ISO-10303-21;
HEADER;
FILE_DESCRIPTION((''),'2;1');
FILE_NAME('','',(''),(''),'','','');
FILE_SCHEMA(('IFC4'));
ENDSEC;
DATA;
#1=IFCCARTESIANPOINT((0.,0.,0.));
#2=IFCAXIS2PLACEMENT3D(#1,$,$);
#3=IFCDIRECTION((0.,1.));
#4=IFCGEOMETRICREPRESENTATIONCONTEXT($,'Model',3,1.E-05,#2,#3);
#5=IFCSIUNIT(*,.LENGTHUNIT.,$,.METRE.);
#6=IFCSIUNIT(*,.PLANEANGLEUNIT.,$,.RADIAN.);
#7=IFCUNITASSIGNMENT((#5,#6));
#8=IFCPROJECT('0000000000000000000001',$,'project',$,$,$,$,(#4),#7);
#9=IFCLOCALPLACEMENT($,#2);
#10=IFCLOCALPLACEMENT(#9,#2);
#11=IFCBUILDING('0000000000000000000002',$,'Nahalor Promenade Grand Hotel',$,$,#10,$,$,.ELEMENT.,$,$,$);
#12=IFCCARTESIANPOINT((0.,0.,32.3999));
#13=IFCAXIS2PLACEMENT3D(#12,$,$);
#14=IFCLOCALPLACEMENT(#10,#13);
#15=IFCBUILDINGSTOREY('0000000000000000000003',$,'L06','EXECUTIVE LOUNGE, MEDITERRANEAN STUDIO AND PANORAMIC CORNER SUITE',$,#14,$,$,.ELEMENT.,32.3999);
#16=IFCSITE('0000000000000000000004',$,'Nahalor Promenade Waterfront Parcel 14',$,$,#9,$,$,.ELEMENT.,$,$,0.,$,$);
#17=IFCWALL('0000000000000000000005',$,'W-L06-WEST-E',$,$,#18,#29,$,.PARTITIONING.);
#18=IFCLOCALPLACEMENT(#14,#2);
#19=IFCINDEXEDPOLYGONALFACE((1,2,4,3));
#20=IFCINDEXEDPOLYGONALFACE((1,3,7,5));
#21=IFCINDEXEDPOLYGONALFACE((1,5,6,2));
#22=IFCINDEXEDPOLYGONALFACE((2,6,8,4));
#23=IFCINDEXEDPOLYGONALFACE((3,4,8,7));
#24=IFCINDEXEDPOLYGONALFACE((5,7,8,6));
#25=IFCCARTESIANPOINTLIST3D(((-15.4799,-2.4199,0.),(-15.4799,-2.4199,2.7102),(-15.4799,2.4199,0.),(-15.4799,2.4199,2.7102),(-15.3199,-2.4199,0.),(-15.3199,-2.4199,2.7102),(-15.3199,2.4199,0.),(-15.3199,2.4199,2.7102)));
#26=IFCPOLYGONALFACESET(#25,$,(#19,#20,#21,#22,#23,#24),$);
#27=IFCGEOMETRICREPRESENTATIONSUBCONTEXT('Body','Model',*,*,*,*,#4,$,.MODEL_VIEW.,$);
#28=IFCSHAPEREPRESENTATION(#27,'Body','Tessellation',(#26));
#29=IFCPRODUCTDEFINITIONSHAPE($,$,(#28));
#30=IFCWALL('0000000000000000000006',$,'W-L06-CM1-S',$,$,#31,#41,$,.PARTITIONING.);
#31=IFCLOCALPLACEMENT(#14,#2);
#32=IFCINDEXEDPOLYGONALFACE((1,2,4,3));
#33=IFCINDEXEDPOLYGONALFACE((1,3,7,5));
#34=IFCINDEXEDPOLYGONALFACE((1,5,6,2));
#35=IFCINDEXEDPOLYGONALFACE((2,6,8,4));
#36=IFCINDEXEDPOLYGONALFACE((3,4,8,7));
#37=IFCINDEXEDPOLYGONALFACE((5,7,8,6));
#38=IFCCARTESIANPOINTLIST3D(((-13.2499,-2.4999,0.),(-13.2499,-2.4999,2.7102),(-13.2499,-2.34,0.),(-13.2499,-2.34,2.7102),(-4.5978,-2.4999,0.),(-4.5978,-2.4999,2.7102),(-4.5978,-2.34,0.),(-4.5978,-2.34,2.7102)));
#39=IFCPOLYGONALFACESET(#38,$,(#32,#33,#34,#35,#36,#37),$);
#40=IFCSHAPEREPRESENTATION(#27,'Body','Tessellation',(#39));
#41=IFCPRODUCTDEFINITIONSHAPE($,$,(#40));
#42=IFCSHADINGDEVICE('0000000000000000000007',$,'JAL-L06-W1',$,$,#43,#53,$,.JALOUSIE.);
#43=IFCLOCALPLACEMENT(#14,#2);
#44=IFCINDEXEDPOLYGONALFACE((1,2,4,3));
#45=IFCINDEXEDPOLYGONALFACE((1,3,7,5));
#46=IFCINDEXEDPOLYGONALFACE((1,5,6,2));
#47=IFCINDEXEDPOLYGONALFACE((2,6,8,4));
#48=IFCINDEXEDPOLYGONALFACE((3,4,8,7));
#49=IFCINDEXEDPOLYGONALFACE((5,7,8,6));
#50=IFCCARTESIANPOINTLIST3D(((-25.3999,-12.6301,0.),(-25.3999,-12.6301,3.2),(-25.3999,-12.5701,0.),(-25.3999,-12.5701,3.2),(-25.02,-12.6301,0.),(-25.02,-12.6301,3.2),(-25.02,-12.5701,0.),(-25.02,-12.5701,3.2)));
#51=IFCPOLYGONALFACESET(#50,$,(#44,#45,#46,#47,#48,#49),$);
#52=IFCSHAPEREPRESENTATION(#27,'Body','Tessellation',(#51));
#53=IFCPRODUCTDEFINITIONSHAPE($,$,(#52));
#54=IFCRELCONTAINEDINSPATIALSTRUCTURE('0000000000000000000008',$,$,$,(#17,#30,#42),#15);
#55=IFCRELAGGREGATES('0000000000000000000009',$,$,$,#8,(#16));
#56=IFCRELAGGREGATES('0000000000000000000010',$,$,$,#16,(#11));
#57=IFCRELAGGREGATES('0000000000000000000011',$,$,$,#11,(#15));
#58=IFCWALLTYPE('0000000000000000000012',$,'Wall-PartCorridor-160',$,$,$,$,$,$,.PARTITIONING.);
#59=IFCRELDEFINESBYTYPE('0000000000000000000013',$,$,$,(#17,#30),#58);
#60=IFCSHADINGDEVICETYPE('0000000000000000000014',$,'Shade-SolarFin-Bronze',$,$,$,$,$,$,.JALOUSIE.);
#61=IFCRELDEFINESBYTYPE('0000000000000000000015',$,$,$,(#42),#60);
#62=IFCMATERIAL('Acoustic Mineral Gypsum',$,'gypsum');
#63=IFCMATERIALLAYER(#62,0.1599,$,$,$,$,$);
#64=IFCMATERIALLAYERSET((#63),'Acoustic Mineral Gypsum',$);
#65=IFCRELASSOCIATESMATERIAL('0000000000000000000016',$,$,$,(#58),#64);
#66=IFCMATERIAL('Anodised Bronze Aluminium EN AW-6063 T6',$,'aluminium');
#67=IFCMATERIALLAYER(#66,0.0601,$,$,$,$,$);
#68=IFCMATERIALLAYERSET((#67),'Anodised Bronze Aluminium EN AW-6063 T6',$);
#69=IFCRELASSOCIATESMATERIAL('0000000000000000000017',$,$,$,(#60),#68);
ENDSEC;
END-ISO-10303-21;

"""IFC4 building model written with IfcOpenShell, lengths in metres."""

from ifc_helpers import new_model, si_unit, direction, frame, frame_2d, origin, origin_2d, place, context, subcontext, project, spatial, rectangle, extrude, source, transform, mapped, material, layer, layer_set, type_object, element, save


model = new_model("IFC4")

# Units and contexts
model_context = context("Model", 3, precision=1e-05, world=origin(), true_north=direction((0.0, 1.0)))
body_context = subcontext(model_context, "Body", "Model", "MODEL_VIEW")
ifc_project = project(units=[si_unit("LENGTHUNIT", "METRE"), si_unit("PLANEANGLEUNIT", "RADIAN")], contexts=[model_context])

# Site, building, storey
site_placement = place(None, origin())
site = spatial("IfcSite", under=ifc_project, at=site_placement, Name="Nahalor Promenade Waterfront Parcel 14", CompositionType="ELEMENT", RefElevation=0.0)
building_placement = place(site_placement, origin())
building = spatial("IfcBuilding", under=site, at=building_placement, Name="Nahalor Promenade Grand Hotel", CompositionType="ELEMENT")
storey_placement = place(building_placement, frame((0.0, 0.0, 32.3999)))
storey = spatial("IfcBuildingStorey", under=building, at=storey_placement, Name="L06", Description="EXECUTIVE LOUNGE, MEDITERRANEAN STUDIO AND PANORAMIC CORNER SUITE", CompositionType="ELEMENT", Elevation=32.3999)

# Shared definitions
ifc_material_1 = material(Name="Anodised Bronze Aluminium EN AW-6063 T6", Category="aluminium")

# Shared definitions
ifc_material_2 = material(Name="Acoustic Mineral Gypsum", Category="gypsum")
ifc_layer_1 = layer(ifc_material_2, 0.1599)
ifc_layer_set_1 = layer_set([ifc_layer_1], Name="Acoustic Mineral Gypsum")
wall_type = type_object("IfcWallType", Name="Wall-PartCorridor-160", PredefinedType="PARTITIONING", material=ifc_layer_set_1)

# Walls
shared_shape_1 = source(origin(), body_context, "Body", "SweptSolid", [
    extrude(rectangle(XDim=4.8398, YDim=0.1599, at=frame_2d((2.4199, 0.0))), origin(), (0.0, 0.0, 1.0), 2.7102),
])
wall_1_placement = place(storey_placement, frame((-15.3999, -2.4199, 0.0), z_axis=(0.0, 0.0, 1.0), x_axis=(0.0, 1.0, 0.0)))
element("IfcWall", 1, at=wall_1_placement, inside=storey, type_object=wall_type, Name="W-L06-WEST-E", PredefinedType="PARTITIONING", context=body_context, shape_type="MappedRepresentation", body=[
    mapped(shared_shape_1, transform((0.0, 0.0, 0.0), scale=1.0)),
])
shared_shape_2 = source(origin(), body_context, "Body", "SweptSolid", [
    extrude(rectangle(XDim=8.6521, YDim=0.1599, at=frame_2d((4.3262, 0.0))), origin(), (0.0, 0.0, 1.0), 2.7102),
])
wall_2_placement = place(storey_placement, frame((-13.25, -2.4199, 0.0), z_axis=(0.0, 0.0, 1.0), x_axis=(1.0, 0.0, 0.0)))
element("IfcWall", 2, at=wall_2_placement, inside=storey, type_object=wall_type, Name="W-L06-CM1-S", PredefinedType="PARTITIONING", context=body_context, shape_type="MappedRepresentation", body=[
    mapped(shared_shape_2, transform((0.0, 0.0, 0.0), scale=1.0)),
])

# Shading device
ifc_layer_2 = layer(ifc_material_1, 0.0601)
ifc_layer_set_2 = layer_set([ifc_layer_2], Name="Anodised Bronze Aluminium EN AW-6063 T6")
shading_device_type = type_object("IfcShadingDeviceType", Name="Shade-SolarFin-Bronze", PredefinedType="JALOUSIE", material=ifc_layer_set_2)
shared_shape_3 = source(origin(), body_context, "Body", "SweptSolid", [
    extrude(rectangle(XDim=0.3799, YDim=0.0601, at=origin_2d()), origin(), (0.0, 0.0, 1.0), 3.2),
])
shading_device_placement = place(storey_placement, frame((-25.21, -12.6001, 0.0), z_axis=(0.0, 0.0, 1.0), x_axis=(1.0, 0.0, 0.0)))
element("IfcShadingDevice", 3, at=shading_device_placement, inside=storey, type_object=shading_device_type, Name="JAL-L06-W1", PredefinedType="JALOUSIE", context=body_context, shape_type="MappedRepresentation", body=[
    mapped(shared_shape_3, transform((0.0, 0.0, 0.0), scale=1.0)),
])

save(model, "model.ifc")
